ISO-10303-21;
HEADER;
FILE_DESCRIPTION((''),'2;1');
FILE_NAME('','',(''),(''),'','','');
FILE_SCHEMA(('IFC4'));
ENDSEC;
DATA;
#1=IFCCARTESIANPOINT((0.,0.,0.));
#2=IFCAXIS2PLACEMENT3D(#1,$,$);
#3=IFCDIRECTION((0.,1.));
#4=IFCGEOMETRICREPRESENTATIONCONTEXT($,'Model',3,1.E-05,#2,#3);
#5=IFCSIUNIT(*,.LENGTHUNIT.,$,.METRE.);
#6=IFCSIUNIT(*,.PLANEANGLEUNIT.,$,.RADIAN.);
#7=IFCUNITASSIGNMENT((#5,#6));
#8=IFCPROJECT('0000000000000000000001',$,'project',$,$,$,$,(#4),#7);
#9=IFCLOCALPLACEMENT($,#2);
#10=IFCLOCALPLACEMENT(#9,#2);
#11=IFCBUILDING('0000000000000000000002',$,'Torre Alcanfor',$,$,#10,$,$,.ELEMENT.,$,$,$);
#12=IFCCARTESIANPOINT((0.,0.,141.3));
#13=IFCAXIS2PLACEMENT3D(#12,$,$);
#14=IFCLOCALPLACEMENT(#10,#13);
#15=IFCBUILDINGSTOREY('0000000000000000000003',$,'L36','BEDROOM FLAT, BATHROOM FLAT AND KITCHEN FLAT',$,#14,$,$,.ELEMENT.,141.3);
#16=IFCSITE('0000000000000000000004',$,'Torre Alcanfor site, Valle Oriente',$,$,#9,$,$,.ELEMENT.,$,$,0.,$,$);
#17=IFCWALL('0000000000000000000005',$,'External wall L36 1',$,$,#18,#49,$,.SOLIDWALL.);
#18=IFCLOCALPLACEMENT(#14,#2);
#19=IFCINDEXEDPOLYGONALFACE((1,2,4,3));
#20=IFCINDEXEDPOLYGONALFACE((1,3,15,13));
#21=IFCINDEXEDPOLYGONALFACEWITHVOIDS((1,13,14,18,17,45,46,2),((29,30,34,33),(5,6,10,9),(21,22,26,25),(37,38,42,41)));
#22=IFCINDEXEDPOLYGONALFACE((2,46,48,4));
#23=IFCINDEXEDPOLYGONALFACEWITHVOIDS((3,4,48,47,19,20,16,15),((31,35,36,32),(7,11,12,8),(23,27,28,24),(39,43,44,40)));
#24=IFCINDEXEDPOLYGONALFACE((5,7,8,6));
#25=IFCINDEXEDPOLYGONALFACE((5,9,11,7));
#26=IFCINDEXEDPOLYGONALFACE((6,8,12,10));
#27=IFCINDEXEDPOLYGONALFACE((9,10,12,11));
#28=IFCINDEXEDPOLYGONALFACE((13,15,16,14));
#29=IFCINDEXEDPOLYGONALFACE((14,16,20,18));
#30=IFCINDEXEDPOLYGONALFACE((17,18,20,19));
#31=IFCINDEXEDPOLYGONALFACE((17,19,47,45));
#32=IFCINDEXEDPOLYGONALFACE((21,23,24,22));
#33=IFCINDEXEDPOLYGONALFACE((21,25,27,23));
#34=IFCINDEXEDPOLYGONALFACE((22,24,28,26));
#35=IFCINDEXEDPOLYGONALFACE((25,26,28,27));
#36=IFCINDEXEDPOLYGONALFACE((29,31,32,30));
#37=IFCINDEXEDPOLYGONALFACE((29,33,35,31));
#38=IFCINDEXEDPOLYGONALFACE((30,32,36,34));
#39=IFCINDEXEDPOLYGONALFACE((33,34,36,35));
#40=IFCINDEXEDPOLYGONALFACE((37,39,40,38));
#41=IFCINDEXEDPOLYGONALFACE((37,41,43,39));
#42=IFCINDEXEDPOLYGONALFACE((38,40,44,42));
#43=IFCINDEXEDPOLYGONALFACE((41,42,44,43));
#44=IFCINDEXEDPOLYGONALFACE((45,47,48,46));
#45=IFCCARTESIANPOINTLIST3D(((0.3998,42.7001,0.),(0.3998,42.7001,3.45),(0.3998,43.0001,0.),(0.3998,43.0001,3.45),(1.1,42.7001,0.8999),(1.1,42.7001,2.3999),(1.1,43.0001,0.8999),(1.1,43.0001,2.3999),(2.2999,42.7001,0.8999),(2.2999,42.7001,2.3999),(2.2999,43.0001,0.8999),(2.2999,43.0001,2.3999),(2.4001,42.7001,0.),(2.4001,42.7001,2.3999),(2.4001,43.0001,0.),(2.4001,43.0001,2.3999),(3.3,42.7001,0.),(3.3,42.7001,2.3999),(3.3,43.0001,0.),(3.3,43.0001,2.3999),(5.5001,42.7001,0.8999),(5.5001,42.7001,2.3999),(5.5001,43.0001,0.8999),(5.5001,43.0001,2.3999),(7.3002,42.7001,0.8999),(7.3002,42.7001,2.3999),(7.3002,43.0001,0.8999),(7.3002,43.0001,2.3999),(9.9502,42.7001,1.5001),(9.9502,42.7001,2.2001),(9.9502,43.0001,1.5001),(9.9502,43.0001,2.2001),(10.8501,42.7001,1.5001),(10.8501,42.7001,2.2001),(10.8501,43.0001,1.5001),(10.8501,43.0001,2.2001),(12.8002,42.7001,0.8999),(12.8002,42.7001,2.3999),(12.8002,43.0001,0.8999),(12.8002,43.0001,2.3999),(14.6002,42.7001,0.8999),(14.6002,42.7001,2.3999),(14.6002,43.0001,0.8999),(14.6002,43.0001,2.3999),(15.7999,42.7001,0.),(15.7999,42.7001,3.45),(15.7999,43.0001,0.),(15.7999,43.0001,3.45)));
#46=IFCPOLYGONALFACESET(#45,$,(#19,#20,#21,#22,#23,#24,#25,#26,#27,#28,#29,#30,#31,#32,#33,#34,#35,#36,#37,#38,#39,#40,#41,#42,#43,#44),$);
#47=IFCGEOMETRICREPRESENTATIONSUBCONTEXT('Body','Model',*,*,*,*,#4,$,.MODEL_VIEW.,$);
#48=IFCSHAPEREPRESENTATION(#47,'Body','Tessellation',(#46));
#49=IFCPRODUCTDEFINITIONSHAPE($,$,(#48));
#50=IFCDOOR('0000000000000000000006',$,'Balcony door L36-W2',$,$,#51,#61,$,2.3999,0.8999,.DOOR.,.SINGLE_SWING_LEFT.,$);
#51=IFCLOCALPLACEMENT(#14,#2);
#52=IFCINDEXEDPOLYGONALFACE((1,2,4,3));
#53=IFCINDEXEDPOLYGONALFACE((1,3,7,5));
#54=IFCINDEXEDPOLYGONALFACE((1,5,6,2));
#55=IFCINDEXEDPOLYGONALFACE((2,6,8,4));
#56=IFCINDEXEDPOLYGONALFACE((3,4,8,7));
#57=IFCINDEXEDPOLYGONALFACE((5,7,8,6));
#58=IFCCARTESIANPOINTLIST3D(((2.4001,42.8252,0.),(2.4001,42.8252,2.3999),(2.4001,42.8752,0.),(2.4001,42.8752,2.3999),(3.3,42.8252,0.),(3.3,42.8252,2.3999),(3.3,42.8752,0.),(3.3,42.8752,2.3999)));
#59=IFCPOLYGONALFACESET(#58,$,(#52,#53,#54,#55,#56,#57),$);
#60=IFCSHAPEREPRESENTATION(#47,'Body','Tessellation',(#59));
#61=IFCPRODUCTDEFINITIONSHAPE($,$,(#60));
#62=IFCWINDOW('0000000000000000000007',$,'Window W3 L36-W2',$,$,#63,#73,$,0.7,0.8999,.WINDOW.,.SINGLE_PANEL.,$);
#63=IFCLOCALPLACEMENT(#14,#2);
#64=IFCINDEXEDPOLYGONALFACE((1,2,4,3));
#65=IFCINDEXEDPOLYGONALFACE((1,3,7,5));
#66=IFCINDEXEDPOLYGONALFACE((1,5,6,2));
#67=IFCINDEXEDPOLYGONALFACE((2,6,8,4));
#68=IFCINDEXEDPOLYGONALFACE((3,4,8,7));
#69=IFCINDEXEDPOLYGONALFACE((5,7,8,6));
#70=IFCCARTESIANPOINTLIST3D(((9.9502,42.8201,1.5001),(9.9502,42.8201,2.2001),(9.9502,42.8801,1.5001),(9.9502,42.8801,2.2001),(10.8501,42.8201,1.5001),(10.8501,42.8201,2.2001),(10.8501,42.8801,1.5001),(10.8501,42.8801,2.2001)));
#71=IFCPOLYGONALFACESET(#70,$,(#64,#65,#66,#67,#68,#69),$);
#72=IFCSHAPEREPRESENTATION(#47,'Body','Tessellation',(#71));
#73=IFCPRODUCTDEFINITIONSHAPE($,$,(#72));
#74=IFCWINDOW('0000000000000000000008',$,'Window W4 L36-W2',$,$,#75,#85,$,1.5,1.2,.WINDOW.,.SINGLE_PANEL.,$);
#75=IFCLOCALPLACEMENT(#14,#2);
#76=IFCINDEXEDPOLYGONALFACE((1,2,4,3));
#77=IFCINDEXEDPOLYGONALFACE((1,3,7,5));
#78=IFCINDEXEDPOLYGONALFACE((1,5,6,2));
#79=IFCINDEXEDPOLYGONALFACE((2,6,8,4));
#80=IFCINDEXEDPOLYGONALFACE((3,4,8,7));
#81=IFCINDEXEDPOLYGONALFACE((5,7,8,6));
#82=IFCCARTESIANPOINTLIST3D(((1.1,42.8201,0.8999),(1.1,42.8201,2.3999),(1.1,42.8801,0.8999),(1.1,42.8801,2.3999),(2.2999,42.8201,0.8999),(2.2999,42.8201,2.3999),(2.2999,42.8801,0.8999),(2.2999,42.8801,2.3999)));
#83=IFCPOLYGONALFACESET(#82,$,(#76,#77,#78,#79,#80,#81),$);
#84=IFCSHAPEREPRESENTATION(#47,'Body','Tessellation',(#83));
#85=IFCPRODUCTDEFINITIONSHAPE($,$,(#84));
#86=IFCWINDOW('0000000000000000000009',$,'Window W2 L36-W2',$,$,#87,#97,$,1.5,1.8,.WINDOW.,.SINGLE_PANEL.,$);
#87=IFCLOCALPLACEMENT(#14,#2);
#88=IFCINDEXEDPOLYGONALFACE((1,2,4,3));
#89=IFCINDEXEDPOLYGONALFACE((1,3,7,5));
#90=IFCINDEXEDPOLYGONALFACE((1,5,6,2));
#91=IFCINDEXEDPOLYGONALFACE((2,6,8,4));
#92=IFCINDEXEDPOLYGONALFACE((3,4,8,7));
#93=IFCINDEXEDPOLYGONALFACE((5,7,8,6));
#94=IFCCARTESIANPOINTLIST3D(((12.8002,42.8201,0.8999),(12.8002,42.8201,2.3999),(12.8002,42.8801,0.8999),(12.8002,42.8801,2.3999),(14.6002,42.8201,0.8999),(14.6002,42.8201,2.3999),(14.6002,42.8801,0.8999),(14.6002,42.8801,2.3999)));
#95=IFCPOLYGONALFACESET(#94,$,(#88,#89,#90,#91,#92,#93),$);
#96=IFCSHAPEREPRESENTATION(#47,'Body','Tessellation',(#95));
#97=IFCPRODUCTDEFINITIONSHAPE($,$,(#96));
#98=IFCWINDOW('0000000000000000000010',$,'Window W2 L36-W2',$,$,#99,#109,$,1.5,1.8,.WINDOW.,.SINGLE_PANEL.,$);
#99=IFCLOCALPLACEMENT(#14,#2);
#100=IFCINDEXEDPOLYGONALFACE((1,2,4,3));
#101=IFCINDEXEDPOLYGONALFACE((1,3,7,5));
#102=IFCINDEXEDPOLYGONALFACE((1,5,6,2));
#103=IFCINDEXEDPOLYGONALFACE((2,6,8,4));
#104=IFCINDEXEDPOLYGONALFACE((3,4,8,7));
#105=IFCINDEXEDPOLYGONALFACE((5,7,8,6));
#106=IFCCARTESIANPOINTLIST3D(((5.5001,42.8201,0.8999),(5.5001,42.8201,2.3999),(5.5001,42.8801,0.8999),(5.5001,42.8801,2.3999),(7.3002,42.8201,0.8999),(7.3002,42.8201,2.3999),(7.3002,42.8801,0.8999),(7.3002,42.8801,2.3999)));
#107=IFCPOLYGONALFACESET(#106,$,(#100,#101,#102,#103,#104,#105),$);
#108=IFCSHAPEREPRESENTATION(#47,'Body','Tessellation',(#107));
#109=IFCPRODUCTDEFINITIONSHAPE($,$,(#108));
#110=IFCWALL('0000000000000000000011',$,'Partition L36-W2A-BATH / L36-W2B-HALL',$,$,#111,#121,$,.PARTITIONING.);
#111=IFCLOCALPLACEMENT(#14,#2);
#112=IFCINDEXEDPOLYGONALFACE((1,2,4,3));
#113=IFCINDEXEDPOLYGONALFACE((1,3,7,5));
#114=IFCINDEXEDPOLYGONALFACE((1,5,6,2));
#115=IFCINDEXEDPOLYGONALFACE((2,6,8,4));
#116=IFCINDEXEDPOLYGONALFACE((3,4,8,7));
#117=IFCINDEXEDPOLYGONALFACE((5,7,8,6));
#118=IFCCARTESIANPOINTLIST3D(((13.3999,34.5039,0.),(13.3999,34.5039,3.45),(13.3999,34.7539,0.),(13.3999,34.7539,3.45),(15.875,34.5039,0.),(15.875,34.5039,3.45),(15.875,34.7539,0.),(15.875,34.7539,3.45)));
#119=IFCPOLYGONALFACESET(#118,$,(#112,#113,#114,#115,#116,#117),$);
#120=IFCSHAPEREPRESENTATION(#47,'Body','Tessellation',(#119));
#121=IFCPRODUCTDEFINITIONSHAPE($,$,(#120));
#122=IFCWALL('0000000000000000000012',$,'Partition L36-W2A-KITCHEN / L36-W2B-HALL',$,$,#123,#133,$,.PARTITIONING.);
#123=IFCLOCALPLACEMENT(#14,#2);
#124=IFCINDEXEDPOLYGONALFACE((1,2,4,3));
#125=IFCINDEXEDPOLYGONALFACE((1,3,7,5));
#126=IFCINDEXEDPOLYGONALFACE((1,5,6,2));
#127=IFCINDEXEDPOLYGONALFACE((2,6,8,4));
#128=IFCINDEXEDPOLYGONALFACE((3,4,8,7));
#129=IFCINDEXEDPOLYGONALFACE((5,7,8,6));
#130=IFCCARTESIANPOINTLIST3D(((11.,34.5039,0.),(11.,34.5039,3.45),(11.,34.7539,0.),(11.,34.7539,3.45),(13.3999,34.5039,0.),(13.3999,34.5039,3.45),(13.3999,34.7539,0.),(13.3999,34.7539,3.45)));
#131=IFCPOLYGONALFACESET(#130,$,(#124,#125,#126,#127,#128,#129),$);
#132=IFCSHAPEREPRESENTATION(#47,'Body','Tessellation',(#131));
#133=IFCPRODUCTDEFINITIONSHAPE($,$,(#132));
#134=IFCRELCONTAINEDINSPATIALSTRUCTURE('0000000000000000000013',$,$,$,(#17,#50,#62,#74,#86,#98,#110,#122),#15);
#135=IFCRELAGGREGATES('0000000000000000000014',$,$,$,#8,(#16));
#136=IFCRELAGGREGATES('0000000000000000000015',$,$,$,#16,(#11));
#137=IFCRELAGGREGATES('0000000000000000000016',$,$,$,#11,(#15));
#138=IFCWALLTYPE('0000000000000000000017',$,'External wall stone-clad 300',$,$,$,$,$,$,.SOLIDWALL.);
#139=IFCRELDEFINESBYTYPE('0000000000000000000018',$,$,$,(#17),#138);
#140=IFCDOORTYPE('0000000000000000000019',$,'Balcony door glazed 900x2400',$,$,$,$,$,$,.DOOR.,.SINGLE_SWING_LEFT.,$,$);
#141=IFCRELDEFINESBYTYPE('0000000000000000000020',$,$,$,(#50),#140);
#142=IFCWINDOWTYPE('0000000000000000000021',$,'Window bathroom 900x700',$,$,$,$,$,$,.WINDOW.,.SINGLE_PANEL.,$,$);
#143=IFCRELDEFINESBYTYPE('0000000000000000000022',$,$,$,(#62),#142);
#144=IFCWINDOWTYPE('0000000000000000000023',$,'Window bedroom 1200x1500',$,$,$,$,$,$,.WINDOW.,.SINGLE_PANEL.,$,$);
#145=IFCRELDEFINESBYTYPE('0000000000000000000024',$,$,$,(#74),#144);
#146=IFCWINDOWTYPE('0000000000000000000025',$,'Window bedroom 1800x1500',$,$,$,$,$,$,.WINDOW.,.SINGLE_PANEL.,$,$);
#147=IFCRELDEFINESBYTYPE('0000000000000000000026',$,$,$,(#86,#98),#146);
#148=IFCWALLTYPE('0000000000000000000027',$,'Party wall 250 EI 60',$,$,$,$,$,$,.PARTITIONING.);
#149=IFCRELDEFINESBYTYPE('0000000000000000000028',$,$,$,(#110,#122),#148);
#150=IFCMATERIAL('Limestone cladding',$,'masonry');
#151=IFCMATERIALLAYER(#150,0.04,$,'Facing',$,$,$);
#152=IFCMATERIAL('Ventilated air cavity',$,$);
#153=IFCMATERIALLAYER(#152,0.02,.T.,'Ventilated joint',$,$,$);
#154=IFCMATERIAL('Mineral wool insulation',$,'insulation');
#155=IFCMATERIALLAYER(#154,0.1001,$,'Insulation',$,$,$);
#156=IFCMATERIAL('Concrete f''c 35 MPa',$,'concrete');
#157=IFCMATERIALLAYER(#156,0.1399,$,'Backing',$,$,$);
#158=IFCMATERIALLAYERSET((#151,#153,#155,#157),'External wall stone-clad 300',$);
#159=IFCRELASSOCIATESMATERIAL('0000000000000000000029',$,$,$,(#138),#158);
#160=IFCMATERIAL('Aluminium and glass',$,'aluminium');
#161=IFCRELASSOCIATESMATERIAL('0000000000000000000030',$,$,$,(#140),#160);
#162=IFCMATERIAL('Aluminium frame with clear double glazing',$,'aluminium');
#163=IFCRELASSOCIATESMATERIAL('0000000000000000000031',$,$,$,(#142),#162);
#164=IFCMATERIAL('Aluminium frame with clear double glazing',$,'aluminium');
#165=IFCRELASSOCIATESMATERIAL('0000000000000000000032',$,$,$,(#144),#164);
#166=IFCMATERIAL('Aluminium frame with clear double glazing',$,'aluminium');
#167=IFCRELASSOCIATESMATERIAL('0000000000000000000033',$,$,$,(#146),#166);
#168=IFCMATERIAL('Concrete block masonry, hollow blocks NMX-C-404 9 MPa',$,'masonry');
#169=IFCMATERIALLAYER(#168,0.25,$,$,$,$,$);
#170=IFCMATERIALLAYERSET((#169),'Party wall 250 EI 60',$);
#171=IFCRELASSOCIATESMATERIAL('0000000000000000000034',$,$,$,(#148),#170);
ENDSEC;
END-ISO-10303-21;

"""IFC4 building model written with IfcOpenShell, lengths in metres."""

from ifc_helpers import new_model, si_unit, direction, frame, frame_2d, origin, place, context, subcontext, project, spatial, rectangle, extrude, material, layer, layer_set, type_object, element, fill, save


model = new_model("IFC4")

# Units and contexts
model_context = context("Model", 3, precision=1e-05, world=origin(), true_north=direction((0.0, 1.0)))
body_context = subcontext(model_context, "Body", "Model", "MODEL_VIEW")
ifc_project = project(units=[si_unit("LENGTHUNIT", "METRE"), si_unit("PLANEANGLEUNIT", "RADIAN")], contexts=[model_context])

# Site, building, storey
site_placement = place(None, origin())
site = spatial("IfcSite", under=ifc_project, at=site_placement, Name="Torre Alcanfor site, Valle Oriente", CompositionType="ELEMENT", RefElevation=0.0)
building_placement = place(site_placement, origin())
building = spatial("IfcBuilding", under=site, at=building_placement, Name="Torre Alcanfor", CompositionType="ELEMENT")
storey_placement = place(building_placement, frame((0.0, 0.0, 141.3)))
storey = spatial("IfcBuildingStorey", under=building, at=storey_placement, Name="L36", Description="BEDROOM FLAT, BATHROOM FLAT AND KITCHEN FLAT", CompositionType="ELEMENT", Elevation=141.3)

# Wall, openings, door, windows
ifc_material_1 = material(Name="Limestone cladding", Category="masonry")
ifc_layer_1 = layer(ifc_material_1, 0.04, Name="Facing")
ifc_material_2 = material(Name="Ventilated air cavity")
ifc_layer_2 = layer(ifc_material_2, 0.02, ventilated=True, Name="Ventilated joint")
ifc_material_3 = material(Name="Mineral wool insulation", Category="insulation")
ifc_layer_3 = layer(ifc_material_3, 0.1001, Name="Insulation")
ifc_material_4 = material(Name="Concrete f'c 35 MPa", Category="concrete")
ifc_layer_4 = layer(ifc_material_4, 0.1399, Name="Backing")
ifc_layer_set_1 = layer_set([ifc_layer_1, ifc_layer_2, ifc_layer_3, ifc_layer_4], Name="External wall stone-clad 300")
wall_type_1 = type_object("IfcWallType", Name="External wall stone-clad 300", PredefinedType="SOLIDWALL", material=ifc_layer_set_1)
wall_1_placement = place(storey_placement, frame((15.8, 42.8501, 0.0), z_axis=(0.0, 0.0, 1.0), x_axis=(-1.0, 0.0, 0.0)))
wall_1 = element("IfcWall", 1, at=wall_1_placement, inside=storey, type_object=wall_type_1, Name="External wall L36 1", PredefinedType="SOLIDWALL", context=body_context, shape_type="SweptSolid", body=[
    extrude(rectangle(XDim=15.4001, YDim=0.3, at=frame_2d((7.7002, 0.0))), origin(), (0.0, 0.0, 1.0), 3.45),
])
opening_1_placement = place(wall_1_placement, frame((1.2, 0.0, 0.8999)))
opening_1 = element("IfcOpeningElement", 2, at=opening_1_placement, cuts=wall_1, PredefinedType="OPENING", context=body_context, shape_type="SweptSolid", body=[
    extrude(rectangle(XDim=1.8, YDim=1.5, at=frame_2d((0.8999, 0.75))), frame((0.0, 0.1599, 0.0), z_axis=(0.0, -1.0, 0.0), x_axis=(1.0, 0.0, 0.0)), (0.0, 0.0, 1.0), 0.3201),
])
opening_2_placement = place(wall_1_placement, frame((4.95, 0.0, 1.5)))
opening_2 = element("IfcOpeningElement", 3, at=opening_2_placement, cuts=wall_1, PredefinedType="OPENING", context=body_context, shape_type="SweptSolid", body=[
    extrude(rectangle(XDim=0.8999, YDim=0.7, at=frame_2d((0.45, 0.3501))), frame((0.0, 0.1599, 0.0), z_axis=(0.0, -1.0, 0.0), x_axis=(1.0, 0.0, 0.0)), (0.0, 0.0, 1.0), 0.3201),
])
opening_3_placement = place(wall_1_placement, frame((8.5, 0.0, 0.8999)))
opening_3 = element("IfcOpeningElement", 4, at=opening_3_placement, cuts=wall_1, PredefinedType="OPENING", context=body_context, shape_type="SweptSolid", body=[
    extrude(rectangle(XDim=1.8, YDim=1.5, at=frame_2d((0.8999, 0.75))), frame((0.0, 0.1599, 0.0), z_axis=(0.0, -1.0, 0.0), x_axis=(1.0, 0.0, 0.0)), (0.0, 0.0, 1.0), 0.3201),
])
opening_4_placement = place(wall_1_placement, frame((12.5, 0.0, 0.0)))
opening_4 = element("IfcOpeningElement", 5, at=opening_4_placement, cuts=wall_1, PredefinedType="OPENING", context=body_context, shape_type="SweptSolid", body=[
    extrude(rectangle(XDim=0.8999, YDim=2.3999, at=frame_2d((0.45, 1.2))), frame((0.0, 0.1599, 0.0), z_axis=(0.0, -1.0, 0.0), x_axis=(1.0, 0.0, 0.0)), (0.0, 0.0, 1.0), 0.3201),
])
opening_5_placement = place(wall_1_placement, frame((13.5, 0.0, 0.8999)))
opening_5 = element("IfcOpeningElement", 6, at=opening_5_placement, cuts=wall_1, PredefinedType="OPENING", context=body_context, shape_type="SweptSolid", body=[
    extrude(rectangle(XDim=1.2, YDim=1.5, at=frame_2d((0.6001, 0.75))), frame((0.0, 0.1599, 0.0), z_axis=(0.0, -1.0, 0.0), x_axis=(1.0, 0.0, 0.0)), (0.0, 0.0, 1.0), 0.3201),
])
ifc_material_5 = material(Name="Aluminium and glass", Category="aluminium")
door_type_1 = type_object("IfcDoorType", Name="Balcony door glazed 900x2400", OperationType="SINGLE_SWING_LEFT", PredefinedType="DOOR", material=ifc_material_5)
door_1_placement = place(opening_4_placement, origin())
door_1 = element("IfcDoor", 7, at=door_1_placement, inside=storey, type_object=door_type_1, Name="Balcony door L36-W2", OperationType="SINGLE_SWING_LEFT", OverallHeight=2.3999, OverallWidth=0.8999, PredefinedType="DOOR", context=body_context, shape_type="SweptSolid", body=[
    extrude(rectangle(XDim=0.8999, YDim=2.3999, at=frame_2d((0.45, 1.2))), frame((0.0, 0.0249, 0.0), z_axis=(0.0, -1.0, 0.0), x_axis=(1.0, 0.0, 0.0)), (0.0, 0.0, 1.0), 0.05),
])
fill(opening_4, door_1)
ifc_material_6 = material(Name="Aluminium frame with clear double glazing", Category="aluminium")
window_type_1 = type_object("IfcWindowType", Name="Window bathroom 900x700", PartitioningType="SINGLE_PANEL", PredefinedType="WINDOW", material=ifc_material_6)
window_1_placement = place(opening_2_placement, origin())
window_1 = element("IfcWindow", 8, at=window_1_placement, inside=storey, type_object=window_type_1, Name="Window W3 L36-W2", OverallHeight=0.7, OverallWidth=0.8999, PartitioningType="SINGLE_PANEL", PredefinedType="WINDOW", context=body_context, shape_type="SweptSolid", body=[
    extrude(rectangle(XDim=0.8999, YDim=0.7, at=frame_2d((0.45, 0.3501))), frame((0.0, 0.03, 0.0), z_axis=(0.0, -1.0, 0.0), x_axis=(1.0, 0.0, 0.0)), (0.0, 0.0, 1.0), 0.0601),
])
fill(opening_2, window_1)
ifc_material_7 = material(Name="Aluminium frame with clear double glazing", Category="aluminium")
window_type_2 = type_object("IfcWindowType", Name="Window bedroom 1200x1500", PartitioningType="SINGLE_PANEL", PredefinedType="WINDOW", material=ifc_material_7)
window_2_placement = place(opening_5_placement, origin())
window_2 = element("IfcWindow", 9, at=window_2_placement, inside=storey, type_object=window_type_2, Name="Window W4 L36-W2", OverallHeight=1.5, OverallWidth=1.2, PartitioningType="SINGLE_PANEL", PredefinedType="WINDOW", context=body_context, shape_type="SweptSolid", body=[
    extrude(rectangle(XDim=1.2, YDim=1.5, at=frame_2d((0.6001, 0.75))), frame((0.0, 0.03, 0.0), z_axis=(0.0, -1.0, 0.0), x_axis=(1.0, 0.0, 0.0)), (0.0, 0.0, 1.0), 0.0601),
])
fill(opening_5, window_2)
ifc_material_8 = material(Name="Aluminium frame with clear double glazing", Category="aluminium")
window_type_3 = type_object("IfcWindowType", Name="Window bedroom 1800x1500", PartitioningType="SINGLE_PANEL", PredefinedType="WINDOW", material=ifc_material_8)
window_3_placement = place(opening_1_placement, origin())
window_3 = element("IfcWindow", 10, at=window_3_placement, inside=storey, type_object=window_type_3, Name="Window W2 L36-W2", OverallHeight=1.5, OverallWidth=1.8, PartitioningType="SINGLE_PANEL", PredefinedType="WINDOW", context=body_context, shape_type="SweptSolid", body=[
    extrude(rectangle(XDim=1.8, YDim=1.5, at=frame_2d((0.8999, 0.75))), frame((0.0, 0.03, 0.0), z_axis=(0.0, -1.0, 0.0), x_axis=(1.0, 0.0, 0.0)), (0.0, 0.0, 1.0), 0.0601),
])
fill(opening_1, window_3)
window_4_placement = place(opening_3_placement, origin())
window_4 = element("IfcWindow", 11, at=window_4_placement, inside=storey, type_object=window_type_3, Name="Window W2 L36-W2", OverallHeight=1.5, OverallWidth=1.8, PartitioningType="SINGLE_PANEL", PredefinedType="WINDOW", context=body_context, shape_type="SweptSolid", body=[
    extrude(rectangle(XDim=1.8, YDim=1.5, at=frame_2d((0.8999, 0.75))), frame((0.0, 0.03, 0.0), z_axis=(0.0, -1.0, 0.0), x_axis=(1.0, 0.0, 0.0)), (0.0, 0.0, 1.0), 0.0601),
])
fill(opening_3, window_4)

# Walls
ifc_material_9 = material(Name="Concrete block masonry, hollow blocks NMX-C-404 9 MPa", Category="masonry")
ifc_layer_5 = layer(ifc_material_9, 0.25)
ifc_layer_set_2 = layer_set([ifc_layer_5], Name="Party wall 250 EI 60")
wall_type_2 = type_object("IfcWallType", Name="Party wall 250 EI 60", PredefinedType="PARTITIONING", material=ifc_layer_set_2)
wall_2_placement = place(storey_placement, frame((13.3999, 34.6289, 0.0), z_axis=(0.0, 0.0, 1.0), x_axis=(1.0, 0.0, 0.0)))
element("IfcWall", 12, at=wall_2_placement, inside=storey, type_object=wall_type_2, Name="Partition L36-W2A-BATH / L36-W2B-HALL", PredefinedType="PARTITIONING", context=body_context, shape_type="SweptSolid", body=[
    extrude(rectangle(XDim=2.4751, YDim=0.25, at=frame_2d((1.2375, 0.0))), origin(), (0.0, 0.0, 1.0), 3.45),
])
wall_3_placement = place(storey_placement, frame((11.0, 34.6289, 0.0), z_axis=(0.0, 0.0, 1.0), x_axis=(1.0, 0.0, 0.0)))
element("IfcWall", 13, at=wall_3_placement, inside=storey, type_object=wall_type_2, Name="Partition L36-W2A-KITCHEN / L36-W2B-HALL", PredefinedType="PARTITIONING", context=body_context, shape_type="SweptSolid", body=[
    extrude(rectangle(XDim=2.3999, YDim=0.25, at=frame_2d((1.2, 0.0))), origin(), (0.0, 0.0, 1.0), 3.45),
])

save(model, "model.ifc")
